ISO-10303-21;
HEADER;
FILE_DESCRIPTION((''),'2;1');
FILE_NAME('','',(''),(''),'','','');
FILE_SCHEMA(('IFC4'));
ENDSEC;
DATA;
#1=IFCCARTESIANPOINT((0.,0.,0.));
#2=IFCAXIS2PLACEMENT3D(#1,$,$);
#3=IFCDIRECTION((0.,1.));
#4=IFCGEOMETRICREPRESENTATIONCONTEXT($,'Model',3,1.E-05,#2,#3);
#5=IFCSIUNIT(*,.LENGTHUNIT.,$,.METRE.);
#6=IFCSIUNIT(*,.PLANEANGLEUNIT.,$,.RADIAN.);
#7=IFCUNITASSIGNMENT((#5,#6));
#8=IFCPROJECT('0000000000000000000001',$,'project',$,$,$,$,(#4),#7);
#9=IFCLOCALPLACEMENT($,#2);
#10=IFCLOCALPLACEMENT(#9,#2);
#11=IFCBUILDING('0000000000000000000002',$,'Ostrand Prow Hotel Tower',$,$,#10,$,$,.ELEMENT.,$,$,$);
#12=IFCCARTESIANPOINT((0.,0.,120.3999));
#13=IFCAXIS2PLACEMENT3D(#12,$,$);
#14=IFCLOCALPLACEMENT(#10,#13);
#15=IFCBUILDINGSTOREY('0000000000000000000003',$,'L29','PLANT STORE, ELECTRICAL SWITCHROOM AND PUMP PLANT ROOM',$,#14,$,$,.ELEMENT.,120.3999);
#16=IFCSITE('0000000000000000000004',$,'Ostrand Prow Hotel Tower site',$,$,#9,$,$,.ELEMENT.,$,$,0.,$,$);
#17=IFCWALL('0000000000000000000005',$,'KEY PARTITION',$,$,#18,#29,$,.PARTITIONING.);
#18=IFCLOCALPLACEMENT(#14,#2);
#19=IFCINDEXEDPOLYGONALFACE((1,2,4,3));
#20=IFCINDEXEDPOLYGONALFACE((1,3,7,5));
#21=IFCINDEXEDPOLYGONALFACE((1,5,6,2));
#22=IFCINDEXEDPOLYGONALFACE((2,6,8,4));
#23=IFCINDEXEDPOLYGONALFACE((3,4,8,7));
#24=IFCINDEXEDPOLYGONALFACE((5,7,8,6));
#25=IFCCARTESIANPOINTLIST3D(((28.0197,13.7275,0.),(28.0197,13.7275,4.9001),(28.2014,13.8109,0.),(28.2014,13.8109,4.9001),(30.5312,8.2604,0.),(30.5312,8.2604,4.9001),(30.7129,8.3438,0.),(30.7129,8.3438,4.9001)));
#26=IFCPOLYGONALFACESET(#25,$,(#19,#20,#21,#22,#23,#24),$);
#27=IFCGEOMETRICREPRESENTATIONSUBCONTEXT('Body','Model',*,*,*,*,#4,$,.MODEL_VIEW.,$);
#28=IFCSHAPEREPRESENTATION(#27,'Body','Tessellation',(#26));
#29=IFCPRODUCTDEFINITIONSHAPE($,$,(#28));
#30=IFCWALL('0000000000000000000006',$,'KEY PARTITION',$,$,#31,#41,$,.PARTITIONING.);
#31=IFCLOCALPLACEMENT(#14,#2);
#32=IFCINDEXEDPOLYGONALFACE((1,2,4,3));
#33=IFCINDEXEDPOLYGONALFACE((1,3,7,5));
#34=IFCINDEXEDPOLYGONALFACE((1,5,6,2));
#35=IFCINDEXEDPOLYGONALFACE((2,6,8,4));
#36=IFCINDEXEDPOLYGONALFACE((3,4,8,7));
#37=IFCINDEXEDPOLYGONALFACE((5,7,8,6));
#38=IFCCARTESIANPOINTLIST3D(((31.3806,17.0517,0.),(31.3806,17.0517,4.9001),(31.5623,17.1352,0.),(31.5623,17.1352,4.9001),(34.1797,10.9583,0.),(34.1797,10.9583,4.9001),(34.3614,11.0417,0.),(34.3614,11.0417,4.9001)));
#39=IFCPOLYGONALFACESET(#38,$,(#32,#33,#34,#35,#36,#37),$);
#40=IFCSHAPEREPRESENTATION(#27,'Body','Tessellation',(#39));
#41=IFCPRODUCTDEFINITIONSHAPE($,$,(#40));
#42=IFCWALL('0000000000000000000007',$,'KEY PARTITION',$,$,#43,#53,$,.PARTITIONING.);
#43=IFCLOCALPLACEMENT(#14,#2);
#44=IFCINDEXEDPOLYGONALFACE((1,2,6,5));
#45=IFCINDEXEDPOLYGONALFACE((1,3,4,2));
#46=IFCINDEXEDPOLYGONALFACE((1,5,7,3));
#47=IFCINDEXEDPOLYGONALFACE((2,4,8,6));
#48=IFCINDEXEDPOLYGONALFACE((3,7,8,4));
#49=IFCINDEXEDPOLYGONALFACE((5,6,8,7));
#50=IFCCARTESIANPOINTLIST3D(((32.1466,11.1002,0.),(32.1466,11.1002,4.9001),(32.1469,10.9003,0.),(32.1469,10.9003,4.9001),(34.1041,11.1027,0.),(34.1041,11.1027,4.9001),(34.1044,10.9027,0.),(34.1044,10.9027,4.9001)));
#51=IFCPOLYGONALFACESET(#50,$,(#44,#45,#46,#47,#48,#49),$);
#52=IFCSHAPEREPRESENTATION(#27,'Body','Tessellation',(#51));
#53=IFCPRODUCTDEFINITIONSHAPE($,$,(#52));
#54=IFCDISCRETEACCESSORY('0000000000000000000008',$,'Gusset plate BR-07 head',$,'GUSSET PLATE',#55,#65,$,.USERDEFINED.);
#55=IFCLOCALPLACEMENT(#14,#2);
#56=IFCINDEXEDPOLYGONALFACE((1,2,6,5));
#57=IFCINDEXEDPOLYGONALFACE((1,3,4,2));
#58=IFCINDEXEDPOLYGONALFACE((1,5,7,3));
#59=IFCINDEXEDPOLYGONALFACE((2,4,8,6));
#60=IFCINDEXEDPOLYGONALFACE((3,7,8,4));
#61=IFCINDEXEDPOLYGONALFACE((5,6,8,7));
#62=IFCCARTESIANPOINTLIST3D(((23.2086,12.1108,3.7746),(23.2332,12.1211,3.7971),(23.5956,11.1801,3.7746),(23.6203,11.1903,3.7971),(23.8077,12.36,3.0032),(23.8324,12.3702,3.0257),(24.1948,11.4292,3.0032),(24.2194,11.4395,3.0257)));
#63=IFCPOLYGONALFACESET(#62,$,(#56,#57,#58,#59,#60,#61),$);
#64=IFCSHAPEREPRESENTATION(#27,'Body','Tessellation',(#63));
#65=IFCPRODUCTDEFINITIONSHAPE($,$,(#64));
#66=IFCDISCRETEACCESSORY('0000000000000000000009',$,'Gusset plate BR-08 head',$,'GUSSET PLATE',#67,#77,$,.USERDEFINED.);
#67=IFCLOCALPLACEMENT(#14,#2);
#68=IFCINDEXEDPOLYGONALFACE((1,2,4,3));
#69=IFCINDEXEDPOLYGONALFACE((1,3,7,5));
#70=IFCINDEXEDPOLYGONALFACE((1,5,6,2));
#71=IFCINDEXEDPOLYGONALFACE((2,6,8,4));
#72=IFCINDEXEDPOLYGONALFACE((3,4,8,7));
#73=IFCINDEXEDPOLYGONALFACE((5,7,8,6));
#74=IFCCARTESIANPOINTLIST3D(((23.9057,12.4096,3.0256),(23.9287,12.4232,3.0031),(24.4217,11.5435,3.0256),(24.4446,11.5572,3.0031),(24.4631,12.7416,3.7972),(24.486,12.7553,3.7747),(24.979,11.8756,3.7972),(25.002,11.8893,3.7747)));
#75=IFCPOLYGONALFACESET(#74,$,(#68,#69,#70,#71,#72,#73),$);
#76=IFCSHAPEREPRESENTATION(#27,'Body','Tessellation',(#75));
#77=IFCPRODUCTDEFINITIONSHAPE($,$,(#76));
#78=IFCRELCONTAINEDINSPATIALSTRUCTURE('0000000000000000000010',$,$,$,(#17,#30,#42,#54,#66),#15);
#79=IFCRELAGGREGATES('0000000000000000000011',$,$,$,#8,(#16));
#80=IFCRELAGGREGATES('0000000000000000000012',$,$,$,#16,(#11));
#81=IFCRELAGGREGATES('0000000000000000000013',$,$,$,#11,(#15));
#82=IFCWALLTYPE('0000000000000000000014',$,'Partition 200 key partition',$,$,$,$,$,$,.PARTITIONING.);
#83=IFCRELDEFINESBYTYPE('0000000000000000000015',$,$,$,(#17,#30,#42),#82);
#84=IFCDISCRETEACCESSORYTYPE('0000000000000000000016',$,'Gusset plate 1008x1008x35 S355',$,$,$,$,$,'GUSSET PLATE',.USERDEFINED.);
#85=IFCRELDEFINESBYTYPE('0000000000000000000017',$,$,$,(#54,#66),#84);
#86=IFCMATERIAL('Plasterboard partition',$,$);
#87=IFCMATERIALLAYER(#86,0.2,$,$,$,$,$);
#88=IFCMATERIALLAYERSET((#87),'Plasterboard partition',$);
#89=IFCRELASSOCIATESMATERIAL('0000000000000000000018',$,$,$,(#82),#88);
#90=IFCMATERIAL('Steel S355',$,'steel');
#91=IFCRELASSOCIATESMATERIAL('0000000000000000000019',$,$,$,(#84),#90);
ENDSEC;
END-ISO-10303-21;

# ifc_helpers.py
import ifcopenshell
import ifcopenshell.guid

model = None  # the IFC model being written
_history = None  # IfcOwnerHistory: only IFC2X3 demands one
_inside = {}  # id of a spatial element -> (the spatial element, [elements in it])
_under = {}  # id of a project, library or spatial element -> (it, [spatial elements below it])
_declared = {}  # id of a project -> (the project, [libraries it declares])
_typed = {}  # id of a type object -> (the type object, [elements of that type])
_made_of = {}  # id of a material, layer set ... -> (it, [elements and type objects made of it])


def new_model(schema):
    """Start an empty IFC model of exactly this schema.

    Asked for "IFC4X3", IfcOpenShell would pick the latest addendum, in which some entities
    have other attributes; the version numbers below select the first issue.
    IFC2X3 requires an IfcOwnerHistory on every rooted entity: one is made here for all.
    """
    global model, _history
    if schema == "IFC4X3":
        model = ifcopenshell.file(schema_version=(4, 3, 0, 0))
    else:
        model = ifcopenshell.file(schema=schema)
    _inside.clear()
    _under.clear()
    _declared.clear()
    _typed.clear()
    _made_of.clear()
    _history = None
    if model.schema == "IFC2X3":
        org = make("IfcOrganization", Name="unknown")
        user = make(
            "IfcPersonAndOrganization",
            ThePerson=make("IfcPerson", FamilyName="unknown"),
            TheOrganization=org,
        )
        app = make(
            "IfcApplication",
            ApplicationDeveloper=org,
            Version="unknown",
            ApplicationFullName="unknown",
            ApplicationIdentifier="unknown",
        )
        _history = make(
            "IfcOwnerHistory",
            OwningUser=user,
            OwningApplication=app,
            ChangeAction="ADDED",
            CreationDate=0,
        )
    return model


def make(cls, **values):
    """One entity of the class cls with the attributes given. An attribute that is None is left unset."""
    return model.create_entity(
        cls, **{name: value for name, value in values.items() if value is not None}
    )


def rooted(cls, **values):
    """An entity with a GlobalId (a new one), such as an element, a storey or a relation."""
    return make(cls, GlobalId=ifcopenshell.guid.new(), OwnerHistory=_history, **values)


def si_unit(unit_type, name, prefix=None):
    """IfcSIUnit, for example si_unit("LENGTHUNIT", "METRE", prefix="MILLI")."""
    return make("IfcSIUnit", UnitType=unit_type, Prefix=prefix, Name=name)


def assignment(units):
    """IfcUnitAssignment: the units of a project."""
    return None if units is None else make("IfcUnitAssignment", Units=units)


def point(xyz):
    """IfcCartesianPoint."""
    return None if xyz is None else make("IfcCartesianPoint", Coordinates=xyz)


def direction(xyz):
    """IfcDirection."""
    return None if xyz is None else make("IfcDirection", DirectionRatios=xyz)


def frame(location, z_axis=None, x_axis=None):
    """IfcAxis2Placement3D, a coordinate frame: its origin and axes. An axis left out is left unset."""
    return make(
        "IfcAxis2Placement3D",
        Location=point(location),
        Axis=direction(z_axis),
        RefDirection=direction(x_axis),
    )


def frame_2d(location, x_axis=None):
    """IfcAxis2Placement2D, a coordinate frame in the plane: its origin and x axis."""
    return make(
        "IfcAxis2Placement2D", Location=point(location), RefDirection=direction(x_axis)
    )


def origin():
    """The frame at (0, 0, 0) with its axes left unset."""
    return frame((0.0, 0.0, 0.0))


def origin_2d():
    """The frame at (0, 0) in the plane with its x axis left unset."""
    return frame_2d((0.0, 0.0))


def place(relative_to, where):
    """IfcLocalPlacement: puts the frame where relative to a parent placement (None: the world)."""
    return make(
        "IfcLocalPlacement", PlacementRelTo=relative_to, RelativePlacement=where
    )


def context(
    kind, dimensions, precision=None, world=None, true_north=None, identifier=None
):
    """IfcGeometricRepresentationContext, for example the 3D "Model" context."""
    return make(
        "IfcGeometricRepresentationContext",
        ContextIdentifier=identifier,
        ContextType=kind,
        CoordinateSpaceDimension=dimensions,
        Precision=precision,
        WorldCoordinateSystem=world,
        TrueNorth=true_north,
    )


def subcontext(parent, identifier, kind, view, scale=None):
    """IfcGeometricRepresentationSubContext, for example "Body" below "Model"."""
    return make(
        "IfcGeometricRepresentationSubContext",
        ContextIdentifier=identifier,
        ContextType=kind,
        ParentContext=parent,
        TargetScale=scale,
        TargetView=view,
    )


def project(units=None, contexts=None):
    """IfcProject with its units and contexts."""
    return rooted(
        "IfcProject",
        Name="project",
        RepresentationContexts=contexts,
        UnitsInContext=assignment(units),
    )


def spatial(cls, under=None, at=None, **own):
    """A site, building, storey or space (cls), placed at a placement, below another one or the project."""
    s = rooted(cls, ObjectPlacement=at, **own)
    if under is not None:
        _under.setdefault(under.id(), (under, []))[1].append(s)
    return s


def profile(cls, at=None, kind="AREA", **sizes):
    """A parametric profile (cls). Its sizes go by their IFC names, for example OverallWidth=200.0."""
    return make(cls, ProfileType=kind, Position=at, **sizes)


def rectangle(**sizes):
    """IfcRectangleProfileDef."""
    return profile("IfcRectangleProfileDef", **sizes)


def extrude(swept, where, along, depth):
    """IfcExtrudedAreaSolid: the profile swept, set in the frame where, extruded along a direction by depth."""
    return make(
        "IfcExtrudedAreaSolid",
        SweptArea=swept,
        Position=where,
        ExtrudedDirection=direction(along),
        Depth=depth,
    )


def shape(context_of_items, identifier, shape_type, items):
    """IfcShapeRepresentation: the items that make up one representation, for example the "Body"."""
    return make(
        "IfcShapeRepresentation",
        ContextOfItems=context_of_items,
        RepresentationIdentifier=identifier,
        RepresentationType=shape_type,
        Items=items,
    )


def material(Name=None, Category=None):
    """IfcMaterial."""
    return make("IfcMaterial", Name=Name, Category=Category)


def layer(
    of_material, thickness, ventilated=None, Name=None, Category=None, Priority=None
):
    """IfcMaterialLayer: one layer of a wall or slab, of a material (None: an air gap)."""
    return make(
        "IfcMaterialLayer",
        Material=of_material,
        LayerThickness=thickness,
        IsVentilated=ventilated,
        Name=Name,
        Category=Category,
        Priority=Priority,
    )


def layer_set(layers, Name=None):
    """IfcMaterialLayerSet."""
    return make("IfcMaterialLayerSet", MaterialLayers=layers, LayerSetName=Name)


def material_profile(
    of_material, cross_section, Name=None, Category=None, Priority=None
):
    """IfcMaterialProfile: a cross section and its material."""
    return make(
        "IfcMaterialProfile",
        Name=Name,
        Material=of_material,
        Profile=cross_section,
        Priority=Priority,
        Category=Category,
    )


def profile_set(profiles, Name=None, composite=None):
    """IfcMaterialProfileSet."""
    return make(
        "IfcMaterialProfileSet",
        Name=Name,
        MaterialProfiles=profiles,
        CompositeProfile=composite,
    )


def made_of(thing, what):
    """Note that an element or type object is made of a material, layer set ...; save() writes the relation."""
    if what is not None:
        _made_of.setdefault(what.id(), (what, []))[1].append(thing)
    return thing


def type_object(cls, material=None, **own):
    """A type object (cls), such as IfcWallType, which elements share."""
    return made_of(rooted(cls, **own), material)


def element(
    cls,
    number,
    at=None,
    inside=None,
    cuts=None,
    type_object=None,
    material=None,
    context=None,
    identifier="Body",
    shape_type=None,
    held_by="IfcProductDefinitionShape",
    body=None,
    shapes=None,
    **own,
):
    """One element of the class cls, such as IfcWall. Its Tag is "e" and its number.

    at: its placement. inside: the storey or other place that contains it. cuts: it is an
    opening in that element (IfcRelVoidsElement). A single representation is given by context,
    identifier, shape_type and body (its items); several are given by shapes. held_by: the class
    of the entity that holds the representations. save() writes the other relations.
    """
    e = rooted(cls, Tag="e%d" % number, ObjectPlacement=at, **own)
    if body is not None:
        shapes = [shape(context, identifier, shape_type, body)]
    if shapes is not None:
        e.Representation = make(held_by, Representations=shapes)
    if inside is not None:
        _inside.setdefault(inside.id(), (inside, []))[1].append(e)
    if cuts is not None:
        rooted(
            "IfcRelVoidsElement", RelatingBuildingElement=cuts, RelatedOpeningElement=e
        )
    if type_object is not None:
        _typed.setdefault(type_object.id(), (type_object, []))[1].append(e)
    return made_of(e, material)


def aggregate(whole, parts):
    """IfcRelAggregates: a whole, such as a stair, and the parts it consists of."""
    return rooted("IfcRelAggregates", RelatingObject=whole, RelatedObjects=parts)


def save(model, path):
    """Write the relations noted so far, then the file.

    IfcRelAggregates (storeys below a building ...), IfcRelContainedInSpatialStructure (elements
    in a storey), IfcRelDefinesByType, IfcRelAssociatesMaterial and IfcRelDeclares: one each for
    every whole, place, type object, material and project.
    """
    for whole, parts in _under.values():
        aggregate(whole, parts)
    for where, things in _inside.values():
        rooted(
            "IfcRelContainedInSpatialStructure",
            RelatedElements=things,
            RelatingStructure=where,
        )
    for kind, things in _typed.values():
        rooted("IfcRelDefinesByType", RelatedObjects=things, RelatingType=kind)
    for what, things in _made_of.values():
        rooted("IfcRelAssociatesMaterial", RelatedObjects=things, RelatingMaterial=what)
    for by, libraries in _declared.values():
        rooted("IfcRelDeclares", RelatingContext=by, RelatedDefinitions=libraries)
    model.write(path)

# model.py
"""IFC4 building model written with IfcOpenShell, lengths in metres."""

from ifc_helpers import new_model, si_unit, direction, frame, frame_2d, origin, origin_2d, place, context, subcontext, project, spatial, rectangle, extrude, material, layer, layer_set, material_profile, profile_set, type_object, element, save


model = new_model("IFC4")

# Units and contexts
model_context = context("Model", 3, precision=1e-05, world=origin(), true_north=direction((0.0, 1.0)))
body_context = subcontext(model_context, "Body", "Model", "MODEL_VIEW")
ifc_project = project(units=[si_unit("LENGTHUNIT", "METRE"), si_unit("PLANEANGLEUNIT", "RADIAN")], contexts=[model_context])

# Site, building, storey
site_placement = place(None, origin())
site = spatial("IfcSite", under=ifc_project, at=site_placement, Name="Ostrand Prow Hotel Tower site", CompositionType="ELEMENT", RefElevation=0.0)
building_placement = place(site_placement, origin())
building = spatial("IfcBuilding", under=site, at=building_placement, Name="Ostrand Prow Hotel Tower", CompositionType="ELEMENT")
storey_placement = place(building_placement, frame((0.0, 0.0, 120.3999)))
storey = spatial("IfcBuildingStorey", under=building, at=storey_placement, Name="L29", Description="PLANT STORE, ELECTRICAL SWITCHROOM AND PUMP PLANT ROOM", CompositionType="ELEMENT", Elevation=120.3999)

# Walls
ifc_material_1 = material(Name="Plasterboard partition")
ifc_layer_1 = layer(ifc_material_1, 0.2)
ifc_layer_set_1 = layer_set([ifc_layer_1], Name="Plasterboard partition")
wall_type_1 = type_object("IfcWallType", Name="Partition 200 key partition", PredefinedType="PARTITIONING", material=ifc_layer_set_1)
wall_1_placement = place(storey_placement, frame((30.6221, 8.302, 0.0), z_axis=(0.0, 0.0, 1.0), x_axis=(-0.417444, 0.908703, 0.0)))
element("IfcWall", 1, at=wall_1_placement, inside=storey, type_object=wall_type_1, Name="KEY PARTITION", PredefinedType="PARTITIONING", context=body_context, shape_type="SweptSolid", body=[
    extrude(rectangle(XDim=6.0164, YDim=0.2, at=frame_2d((3.0083, 0.0))), origin(), (0.0, 0.0, 1.0), 4.9001),
])
wall_2_placement = place(storey_placement, frame((34.2705, 11.0, 0.0), z_axis=(0.0, 0.0, 1.0), x_axis=(-0.417421, 0.908713, 0.0)))
element("IfcWall", 2, at=wall_2_placement, inside=storey, type_object=wall_type_1, Name="KEY PARTITION", PredefinedType="PARTITIONING", context=body_context, shape_type="SweptSolid", body=[
    extrude(rectangle(XDim=6.7056, YDim=0.2, at=frame_2d((3.3528, 0.0))), origin(), (0.0, 0.0, 1.0), 4.9001),
])
wall_3_placement = place(storey_placement, frame((32.1467, 11.0002, 0.0), z_axis=(0.0, 0.0, 1.0), x_axis=(0.999999, 0.001247, 0.0)))
element("IfcWall", 3, at=wall_3_placement, inside=storey, type_object=wall_type_1, Name="KEY PARTITION", PredefinedType="PARTITIONING", context=body_context, shape_type="SweptSolid", body=[
    extrude(rectangle(XDim=1.9575, YDim=0.2, at=frame_2d((0.9788, 0.0))), origin(), (0.0, 0.0, 1.0), 4.9001),
])

# Discrete accessories
ifc_material_2 = material(Name="Steel S355", Category="steel")
ifc_material_profile_1 = material_profile(ifc_material_2, rectangle(XDim=1.0081, YDim=1.0081, at=origin_2d()), Name="PL 1008x1008x35")
ifc_profile_set_1 = profile_set([ifc_material_profile_1], Name="Steel S355")
discrete_accessory_type = type_object("IfcDiscreteAccessoryType", Name="Gusset plate 1008x1008x35 S355", ElementType="GUSSET PLATE", PredefinedType="USERDEFINED", material=ifc_profile_set_1)
for number, where, z_axis, x_axis, name in (
    (4, (23.7017, 11.77, 3.3889), (0.706639, 0.29385, 0.643671), (-0.383966, 0.923347, 0.0), "Gusset plate BR-07 head"),
    (5, (24.4653, 12.1562, 3.3889), (-0.657552, -0.391733, 0.643561), (0.511805, -0.859102, 0.0), "Gusset plate BR-08 head"),
):
    element("IfcDiscreteAccessory", number, at=place(storey_placement, frame(where, z_axis=z_axis, x_axis=x_axis)), inside=storey, type_object=discrete_accessory_type, Name=name, ObjectType="GUSSET PLATE", PredefinedType="USERDEFINED", context=body_context, shape_type="SweptSolid", body=[
        extrude(rectangle(XDim=1.0081, YDim=1.0081, at=origin_2d()), origin(), (0.0, 0.0, 1.0), 0.0349),
    ])

save(model, "model.ifc")
